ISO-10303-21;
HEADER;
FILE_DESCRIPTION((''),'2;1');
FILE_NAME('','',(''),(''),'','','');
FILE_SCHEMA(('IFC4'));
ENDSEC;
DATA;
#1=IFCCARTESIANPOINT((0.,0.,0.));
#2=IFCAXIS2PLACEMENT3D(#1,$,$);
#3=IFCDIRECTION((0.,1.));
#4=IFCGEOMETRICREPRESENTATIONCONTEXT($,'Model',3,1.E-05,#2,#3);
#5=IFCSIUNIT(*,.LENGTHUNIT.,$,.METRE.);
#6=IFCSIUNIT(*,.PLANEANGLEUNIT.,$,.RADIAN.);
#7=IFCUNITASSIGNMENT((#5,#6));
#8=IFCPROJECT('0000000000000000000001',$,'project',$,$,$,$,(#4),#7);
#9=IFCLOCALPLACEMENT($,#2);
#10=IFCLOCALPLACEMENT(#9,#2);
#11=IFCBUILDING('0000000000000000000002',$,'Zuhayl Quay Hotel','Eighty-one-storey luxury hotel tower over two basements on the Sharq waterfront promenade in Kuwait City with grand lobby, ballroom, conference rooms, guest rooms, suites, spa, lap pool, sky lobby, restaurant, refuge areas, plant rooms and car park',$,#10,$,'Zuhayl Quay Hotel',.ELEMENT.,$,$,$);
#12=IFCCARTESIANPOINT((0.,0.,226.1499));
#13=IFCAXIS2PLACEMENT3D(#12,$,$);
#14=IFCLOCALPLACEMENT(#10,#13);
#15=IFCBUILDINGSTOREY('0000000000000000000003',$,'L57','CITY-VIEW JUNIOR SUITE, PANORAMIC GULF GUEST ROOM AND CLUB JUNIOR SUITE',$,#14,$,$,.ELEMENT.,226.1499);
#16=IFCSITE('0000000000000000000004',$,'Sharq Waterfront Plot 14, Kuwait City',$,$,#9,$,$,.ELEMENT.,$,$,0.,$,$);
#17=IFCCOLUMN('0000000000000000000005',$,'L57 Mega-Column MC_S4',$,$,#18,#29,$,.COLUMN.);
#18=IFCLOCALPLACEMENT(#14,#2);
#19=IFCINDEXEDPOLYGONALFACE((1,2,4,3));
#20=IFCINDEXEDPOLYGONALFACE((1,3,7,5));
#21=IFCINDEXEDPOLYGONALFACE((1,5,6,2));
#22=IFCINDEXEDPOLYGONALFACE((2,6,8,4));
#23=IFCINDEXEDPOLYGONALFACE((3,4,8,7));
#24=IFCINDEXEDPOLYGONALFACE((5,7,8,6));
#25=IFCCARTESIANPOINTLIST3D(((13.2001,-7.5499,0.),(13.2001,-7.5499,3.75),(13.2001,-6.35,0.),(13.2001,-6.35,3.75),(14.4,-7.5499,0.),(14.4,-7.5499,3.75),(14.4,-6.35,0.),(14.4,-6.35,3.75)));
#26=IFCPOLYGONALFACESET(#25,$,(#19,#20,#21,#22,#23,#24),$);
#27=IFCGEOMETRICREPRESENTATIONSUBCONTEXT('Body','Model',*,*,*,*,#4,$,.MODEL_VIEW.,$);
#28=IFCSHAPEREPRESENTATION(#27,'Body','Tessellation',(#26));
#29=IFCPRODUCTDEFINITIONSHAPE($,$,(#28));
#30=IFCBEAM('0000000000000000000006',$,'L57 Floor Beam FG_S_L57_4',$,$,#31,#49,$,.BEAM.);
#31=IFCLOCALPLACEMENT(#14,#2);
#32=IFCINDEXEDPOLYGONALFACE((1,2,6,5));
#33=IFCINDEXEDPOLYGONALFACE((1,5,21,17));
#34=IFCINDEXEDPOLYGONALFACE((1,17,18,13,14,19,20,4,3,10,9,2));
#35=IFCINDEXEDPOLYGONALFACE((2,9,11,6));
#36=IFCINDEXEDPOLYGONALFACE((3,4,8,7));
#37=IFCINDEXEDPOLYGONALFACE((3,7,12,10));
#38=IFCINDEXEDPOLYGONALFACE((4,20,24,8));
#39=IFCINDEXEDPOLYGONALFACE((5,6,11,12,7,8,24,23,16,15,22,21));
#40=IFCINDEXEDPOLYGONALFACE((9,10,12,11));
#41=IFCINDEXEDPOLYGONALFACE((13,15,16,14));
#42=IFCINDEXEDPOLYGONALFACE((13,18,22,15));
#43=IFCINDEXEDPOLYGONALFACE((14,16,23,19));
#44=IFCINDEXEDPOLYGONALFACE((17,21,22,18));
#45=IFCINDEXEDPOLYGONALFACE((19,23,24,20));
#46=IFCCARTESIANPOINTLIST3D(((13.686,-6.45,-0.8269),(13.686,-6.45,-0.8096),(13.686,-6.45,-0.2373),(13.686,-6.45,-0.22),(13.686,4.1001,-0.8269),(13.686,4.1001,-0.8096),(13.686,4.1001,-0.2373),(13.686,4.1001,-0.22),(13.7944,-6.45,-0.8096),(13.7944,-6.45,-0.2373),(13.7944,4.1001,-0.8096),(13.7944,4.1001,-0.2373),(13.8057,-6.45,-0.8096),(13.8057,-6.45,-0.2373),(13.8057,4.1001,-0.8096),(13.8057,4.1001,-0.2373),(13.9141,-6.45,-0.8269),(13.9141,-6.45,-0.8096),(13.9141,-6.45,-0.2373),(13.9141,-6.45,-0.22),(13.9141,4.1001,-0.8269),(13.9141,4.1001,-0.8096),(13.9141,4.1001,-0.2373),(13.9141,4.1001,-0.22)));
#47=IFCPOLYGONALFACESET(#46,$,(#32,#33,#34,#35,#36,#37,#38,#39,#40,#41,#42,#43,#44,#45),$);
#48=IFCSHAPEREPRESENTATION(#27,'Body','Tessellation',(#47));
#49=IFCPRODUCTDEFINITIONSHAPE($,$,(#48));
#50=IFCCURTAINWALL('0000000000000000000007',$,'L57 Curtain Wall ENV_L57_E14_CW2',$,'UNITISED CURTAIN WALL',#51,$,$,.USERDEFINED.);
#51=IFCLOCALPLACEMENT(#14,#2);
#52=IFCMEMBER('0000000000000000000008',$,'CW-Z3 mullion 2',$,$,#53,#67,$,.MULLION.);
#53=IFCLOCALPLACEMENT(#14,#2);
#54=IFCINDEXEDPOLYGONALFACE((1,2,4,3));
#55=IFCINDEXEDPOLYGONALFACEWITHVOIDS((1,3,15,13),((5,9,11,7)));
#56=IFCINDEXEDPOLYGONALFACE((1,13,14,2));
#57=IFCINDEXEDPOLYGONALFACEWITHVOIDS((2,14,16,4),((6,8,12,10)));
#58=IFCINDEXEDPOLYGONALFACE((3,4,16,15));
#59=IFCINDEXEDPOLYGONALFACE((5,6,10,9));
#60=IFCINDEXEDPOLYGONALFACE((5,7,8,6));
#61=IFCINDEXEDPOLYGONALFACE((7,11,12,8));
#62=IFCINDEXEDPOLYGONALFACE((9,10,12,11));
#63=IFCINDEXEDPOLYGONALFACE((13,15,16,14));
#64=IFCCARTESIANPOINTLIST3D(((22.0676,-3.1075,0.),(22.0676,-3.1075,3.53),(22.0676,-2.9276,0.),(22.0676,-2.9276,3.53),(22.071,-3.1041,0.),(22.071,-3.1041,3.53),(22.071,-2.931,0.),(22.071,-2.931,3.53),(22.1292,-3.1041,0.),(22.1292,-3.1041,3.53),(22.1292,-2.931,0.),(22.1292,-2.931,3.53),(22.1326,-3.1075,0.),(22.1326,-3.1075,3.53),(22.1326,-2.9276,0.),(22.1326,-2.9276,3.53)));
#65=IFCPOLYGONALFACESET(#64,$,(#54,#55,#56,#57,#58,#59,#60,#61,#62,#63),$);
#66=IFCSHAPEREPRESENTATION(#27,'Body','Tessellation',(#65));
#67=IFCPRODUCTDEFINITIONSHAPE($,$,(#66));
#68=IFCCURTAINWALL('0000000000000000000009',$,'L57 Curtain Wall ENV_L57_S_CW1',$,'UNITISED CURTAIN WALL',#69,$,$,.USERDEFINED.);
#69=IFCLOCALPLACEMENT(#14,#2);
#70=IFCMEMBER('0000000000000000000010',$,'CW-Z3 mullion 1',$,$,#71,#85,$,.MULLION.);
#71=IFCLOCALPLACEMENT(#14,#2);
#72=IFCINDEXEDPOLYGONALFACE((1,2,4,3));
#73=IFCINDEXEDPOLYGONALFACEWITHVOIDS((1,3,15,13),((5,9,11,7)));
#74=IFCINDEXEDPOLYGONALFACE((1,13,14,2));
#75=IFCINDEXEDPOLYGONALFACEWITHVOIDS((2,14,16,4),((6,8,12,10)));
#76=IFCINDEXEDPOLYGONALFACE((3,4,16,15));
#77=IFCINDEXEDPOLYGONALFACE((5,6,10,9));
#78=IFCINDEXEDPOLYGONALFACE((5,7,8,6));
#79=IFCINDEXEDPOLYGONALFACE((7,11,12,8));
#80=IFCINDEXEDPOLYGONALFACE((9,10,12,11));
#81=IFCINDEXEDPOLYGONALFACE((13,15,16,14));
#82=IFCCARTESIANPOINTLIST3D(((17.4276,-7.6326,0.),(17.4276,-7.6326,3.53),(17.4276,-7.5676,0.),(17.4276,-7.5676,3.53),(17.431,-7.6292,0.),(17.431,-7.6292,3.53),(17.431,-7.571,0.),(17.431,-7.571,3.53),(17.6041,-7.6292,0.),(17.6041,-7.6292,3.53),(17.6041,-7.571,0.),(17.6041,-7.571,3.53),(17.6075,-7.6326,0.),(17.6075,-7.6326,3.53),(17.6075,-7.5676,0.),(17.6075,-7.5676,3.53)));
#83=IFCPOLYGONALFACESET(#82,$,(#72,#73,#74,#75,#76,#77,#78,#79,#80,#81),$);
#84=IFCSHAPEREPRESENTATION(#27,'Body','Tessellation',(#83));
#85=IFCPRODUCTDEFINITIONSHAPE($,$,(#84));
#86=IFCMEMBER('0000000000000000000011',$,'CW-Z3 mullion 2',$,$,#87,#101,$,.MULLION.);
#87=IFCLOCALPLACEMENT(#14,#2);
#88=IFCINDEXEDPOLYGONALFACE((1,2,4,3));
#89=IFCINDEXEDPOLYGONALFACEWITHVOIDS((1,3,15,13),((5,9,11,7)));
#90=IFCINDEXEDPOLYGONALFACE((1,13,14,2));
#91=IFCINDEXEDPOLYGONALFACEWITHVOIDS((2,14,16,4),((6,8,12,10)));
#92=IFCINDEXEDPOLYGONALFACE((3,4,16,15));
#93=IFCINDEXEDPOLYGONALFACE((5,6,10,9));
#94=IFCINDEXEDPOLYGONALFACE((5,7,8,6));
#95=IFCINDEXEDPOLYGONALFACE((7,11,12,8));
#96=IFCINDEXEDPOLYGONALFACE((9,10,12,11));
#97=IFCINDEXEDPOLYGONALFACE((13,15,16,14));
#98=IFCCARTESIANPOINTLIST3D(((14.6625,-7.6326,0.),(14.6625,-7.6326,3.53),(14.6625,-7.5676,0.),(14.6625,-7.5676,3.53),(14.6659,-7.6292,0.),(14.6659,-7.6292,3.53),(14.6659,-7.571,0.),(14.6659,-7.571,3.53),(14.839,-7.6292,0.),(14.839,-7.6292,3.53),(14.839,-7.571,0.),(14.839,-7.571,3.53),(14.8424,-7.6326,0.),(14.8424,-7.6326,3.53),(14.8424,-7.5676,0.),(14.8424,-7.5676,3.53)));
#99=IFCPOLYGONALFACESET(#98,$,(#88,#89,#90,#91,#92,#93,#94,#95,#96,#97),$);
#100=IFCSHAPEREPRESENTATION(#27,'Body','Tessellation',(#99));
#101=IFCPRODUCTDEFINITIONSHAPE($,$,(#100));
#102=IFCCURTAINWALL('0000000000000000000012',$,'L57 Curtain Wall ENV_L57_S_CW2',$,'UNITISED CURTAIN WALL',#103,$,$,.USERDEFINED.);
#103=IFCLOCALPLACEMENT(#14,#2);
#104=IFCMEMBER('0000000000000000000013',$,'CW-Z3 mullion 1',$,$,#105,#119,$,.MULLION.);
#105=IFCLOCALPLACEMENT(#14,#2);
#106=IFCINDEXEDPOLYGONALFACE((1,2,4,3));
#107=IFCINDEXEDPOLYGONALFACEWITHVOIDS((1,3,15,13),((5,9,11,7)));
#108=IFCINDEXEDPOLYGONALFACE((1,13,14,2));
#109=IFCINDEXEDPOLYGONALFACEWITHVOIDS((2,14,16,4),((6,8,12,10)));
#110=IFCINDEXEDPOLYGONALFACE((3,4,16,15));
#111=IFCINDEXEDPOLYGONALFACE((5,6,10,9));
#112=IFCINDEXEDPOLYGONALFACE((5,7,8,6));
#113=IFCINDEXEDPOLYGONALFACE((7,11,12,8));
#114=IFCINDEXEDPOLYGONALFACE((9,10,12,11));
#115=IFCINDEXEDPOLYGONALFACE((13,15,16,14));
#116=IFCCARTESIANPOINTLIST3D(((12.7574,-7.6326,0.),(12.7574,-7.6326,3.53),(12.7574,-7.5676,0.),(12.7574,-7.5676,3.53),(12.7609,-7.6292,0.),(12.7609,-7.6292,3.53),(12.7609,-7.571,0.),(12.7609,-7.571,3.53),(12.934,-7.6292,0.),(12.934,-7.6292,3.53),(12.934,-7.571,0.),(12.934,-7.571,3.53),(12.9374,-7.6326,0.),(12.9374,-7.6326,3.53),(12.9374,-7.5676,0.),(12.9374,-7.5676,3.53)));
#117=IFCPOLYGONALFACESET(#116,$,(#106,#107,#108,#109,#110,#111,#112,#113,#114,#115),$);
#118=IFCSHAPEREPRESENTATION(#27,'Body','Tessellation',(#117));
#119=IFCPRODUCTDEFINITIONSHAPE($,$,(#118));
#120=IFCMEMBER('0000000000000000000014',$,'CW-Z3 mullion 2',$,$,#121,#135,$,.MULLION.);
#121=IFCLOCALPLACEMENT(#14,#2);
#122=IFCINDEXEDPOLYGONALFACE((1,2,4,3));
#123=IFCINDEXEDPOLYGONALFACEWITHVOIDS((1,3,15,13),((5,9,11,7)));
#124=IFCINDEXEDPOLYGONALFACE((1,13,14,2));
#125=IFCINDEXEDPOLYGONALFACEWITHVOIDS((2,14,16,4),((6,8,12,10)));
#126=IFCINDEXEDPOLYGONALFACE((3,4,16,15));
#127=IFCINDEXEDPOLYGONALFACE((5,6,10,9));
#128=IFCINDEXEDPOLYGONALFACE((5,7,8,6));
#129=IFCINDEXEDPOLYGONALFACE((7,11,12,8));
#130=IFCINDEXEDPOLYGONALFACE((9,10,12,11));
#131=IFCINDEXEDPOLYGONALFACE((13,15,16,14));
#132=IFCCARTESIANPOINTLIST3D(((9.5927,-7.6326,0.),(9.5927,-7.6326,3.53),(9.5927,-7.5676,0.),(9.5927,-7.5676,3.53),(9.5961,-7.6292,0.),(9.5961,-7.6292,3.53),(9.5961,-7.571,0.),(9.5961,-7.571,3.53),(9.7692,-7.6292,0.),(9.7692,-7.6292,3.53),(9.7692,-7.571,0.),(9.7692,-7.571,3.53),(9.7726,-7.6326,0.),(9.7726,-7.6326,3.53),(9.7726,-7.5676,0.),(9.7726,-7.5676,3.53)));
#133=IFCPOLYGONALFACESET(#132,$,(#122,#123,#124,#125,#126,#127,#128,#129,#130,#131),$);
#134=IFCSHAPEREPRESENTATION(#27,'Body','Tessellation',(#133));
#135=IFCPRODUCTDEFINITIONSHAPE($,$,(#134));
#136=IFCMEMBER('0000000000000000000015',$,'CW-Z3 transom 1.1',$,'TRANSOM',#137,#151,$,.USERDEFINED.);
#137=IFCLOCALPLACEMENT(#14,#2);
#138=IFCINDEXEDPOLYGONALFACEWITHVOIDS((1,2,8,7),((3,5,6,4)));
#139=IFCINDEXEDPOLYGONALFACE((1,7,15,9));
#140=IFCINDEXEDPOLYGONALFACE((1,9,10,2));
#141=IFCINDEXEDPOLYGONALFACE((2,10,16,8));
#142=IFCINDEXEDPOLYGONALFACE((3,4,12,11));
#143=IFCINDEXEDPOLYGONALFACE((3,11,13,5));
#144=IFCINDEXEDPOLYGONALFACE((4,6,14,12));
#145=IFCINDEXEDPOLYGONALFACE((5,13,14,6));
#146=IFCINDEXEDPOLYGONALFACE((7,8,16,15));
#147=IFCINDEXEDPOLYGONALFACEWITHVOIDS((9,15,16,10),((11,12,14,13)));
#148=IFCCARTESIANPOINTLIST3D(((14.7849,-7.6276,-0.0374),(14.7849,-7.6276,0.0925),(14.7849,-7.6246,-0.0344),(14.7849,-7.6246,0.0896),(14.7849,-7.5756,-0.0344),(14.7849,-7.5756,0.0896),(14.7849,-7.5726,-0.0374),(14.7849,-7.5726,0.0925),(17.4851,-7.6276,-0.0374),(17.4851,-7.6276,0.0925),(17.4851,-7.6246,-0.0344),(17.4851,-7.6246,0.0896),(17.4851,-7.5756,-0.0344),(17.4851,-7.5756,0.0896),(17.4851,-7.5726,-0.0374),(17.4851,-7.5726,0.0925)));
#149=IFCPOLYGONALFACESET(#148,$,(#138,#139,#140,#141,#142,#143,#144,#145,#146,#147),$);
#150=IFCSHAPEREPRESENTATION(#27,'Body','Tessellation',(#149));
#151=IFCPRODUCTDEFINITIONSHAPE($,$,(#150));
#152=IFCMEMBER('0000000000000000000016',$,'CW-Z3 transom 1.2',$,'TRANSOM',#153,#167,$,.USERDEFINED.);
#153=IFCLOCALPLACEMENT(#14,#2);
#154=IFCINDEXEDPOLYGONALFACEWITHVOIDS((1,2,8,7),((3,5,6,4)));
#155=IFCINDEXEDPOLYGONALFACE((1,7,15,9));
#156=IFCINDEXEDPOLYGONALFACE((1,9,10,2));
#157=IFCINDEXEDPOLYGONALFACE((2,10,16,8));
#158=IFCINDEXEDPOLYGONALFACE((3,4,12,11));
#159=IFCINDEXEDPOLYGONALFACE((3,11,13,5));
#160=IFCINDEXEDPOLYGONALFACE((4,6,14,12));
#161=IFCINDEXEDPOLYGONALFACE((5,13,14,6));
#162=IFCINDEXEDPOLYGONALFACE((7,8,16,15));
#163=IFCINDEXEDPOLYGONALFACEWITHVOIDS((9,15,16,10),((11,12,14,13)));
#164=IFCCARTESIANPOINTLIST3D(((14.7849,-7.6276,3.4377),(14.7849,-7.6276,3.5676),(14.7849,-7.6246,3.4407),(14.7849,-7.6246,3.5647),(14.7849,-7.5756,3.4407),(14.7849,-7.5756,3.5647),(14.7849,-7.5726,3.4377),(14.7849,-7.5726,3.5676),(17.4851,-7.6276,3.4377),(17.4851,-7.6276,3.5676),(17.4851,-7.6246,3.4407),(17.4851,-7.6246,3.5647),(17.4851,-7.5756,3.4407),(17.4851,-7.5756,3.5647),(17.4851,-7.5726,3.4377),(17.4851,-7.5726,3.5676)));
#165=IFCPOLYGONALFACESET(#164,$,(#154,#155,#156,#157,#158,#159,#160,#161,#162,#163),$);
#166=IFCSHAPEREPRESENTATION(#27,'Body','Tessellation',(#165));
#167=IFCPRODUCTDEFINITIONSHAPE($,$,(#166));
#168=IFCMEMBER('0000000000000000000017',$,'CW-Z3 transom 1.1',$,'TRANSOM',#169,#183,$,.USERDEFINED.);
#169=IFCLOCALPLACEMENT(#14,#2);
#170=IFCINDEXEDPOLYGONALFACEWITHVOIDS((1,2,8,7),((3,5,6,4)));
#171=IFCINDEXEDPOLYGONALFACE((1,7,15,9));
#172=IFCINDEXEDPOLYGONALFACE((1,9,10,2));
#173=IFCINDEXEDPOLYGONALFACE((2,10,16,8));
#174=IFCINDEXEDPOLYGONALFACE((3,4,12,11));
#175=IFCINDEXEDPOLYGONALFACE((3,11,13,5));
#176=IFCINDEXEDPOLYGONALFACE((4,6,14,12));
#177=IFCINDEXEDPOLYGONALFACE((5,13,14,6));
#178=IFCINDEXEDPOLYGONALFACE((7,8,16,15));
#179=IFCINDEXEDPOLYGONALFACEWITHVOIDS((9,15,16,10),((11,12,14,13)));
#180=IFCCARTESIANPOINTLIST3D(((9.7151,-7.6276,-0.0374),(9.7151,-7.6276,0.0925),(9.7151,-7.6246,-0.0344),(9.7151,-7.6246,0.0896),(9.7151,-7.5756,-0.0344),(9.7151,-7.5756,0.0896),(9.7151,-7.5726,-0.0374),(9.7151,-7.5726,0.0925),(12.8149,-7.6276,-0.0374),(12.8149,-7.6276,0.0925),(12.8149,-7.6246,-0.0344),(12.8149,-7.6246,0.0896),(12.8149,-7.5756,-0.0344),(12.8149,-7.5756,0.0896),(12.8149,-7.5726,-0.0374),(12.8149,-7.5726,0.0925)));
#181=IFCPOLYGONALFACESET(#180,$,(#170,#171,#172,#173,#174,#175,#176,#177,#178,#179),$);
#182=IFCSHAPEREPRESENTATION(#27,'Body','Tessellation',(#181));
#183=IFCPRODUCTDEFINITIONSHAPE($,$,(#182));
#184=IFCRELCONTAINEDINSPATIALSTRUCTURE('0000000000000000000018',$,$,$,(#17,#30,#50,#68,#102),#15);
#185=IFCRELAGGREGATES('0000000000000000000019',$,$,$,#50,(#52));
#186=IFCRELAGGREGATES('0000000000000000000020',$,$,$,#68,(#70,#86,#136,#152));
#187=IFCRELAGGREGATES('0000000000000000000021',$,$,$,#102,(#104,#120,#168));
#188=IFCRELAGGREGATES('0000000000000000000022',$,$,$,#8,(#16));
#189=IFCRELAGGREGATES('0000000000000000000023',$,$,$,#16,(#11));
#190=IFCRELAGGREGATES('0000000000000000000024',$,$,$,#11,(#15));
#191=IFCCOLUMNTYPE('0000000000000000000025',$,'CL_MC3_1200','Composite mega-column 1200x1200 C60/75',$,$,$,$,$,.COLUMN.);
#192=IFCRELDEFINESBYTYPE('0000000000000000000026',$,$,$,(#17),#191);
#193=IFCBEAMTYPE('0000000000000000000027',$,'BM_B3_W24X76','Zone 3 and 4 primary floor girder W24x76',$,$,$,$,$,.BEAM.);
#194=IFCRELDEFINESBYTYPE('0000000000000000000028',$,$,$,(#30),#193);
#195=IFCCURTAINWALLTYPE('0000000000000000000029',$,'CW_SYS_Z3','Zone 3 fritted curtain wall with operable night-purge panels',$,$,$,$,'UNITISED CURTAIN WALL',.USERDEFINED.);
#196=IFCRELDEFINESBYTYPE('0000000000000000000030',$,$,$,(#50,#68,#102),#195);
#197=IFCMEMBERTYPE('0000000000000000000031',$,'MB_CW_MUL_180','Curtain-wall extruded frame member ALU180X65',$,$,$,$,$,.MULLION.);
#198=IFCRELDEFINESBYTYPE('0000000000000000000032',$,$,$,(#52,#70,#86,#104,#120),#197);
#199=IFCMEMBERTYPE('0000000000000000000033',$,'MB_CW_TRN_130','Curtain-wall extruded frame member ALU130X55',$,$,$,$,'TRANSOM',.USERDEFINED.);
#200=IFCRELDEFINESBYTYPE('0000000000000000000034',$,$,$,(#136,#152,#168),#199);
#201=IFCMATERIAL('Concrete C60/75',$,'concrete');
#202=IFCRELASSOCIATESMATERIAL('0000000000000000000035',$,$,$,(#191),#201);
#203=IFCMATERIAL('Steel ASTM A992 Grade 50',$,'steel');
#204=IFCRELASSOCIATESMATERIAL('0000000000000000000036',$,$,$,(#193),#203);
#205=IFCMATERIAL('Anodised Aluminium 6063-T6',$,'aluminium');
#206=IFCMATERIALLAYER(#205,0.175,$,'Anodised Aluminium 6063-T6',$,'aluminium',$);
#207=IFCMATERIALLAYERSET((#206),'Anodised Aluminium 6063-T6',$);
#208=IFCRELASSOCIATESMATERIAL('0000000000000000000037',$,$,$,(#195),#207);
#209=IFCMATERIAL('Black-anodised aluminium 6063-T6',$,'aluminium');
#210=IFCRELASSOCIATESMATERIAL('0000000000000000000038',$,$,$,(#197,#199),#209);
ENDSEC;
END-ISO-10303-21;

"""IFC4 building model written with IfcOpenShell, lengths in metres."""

from ifc_helpers import new_model, si_unit, direction, frame, origin, origin_2d, place, context, subcontext, project, spatial, rectangle, hollow_rectangle, i_section, extrude, material, layer, layer_set, material_profile, profile_set, type_object, element, aggregate, save


model = new_model("IFC4")

# Units and contexts
model_context = context("Model", 3, precision=1e-05, world=origin(), true_north=direction((0.0, 1.0)))
body_context = subcontext(model_context, "Body", "Model", "MODEL_VIEW")
ifc_project = project(units=[si_unit("LENGTHUNIT", "METRE"), si_unit("PLANEANGLEUNIT", "RADIAN")], contexts=[model_context])

# Site, building, storey
site_placement = place(None, origin())
site = spatial("IfcSite", under=ifc_project, at=site_placement, Name="Sharq Waterfront Plot 14, Kuwait City", CompositionType="ELEMENT", RefElevation=0.0)
building_placement = place(site_placement, origin())
building = spatial("IfcBuilding", under=site, at=building_placement, Name="Zuhayl Quay Hotel", Description="Eighty-one-storey luxury hotel tower over two basements on the Sharq waterfront promenade in Kuwait City with grand lobby, ballroom, conference rooms, guest rooms, suites, spa, lap pool, sky lobby, restaurant, refuge areas, plant rooms and car park", LongName="Zuhayl Quay Hotel", CompositionType="ELEMENT")
storey_placement = place(building_placement, frame((0.0, 0.0, 226.1499)))
storey = spatial("IfcBuildingStorey", under=building, at=storey_placement, Name="L57", Description="CITY-VIEW JUNIOR SUITE, PANORAMIC GULF GUEST ROOM AND CLUB JUNIOR SUITE", CompositionType="ELEMENT", Elevation=226.1499)

# Column
ifc_material_1 = material(Name="Concrete C60/75", Category="concrete")
ifc_material_profile_1 = material_profile(ifc_material_1, rectangle(XDim=1.2, YDim=1.2, at=origin_2d()), Name="RC1200X1200")
ifc_profile_set_1 = profile_set([ifc_material_profile_1], Name="Concrete C60/75")
column_type = type_object("IfcColumnType", Name="CL_MC3_1200", Description="Composite mega-column 1200x1200 C60/75", PredefinedType="COLUMN", material=ifc_profile_set_1)
column_placement = place(storey_placement, frame((13.8, -6.95, 0.0), z_axis=(0.0, 0.0, 1.0), x_axis=(1.0, 0.0, 0.0)))
element("IfcColumn", 1, at=column_placement, inside=storey, type_object=column_type, Name="L57 Mega-Column MC_S4", PredefinedType="COLUMN", context=body_context, shape_type="SweptSolid", body=[
    extrude(rectangle(XDim=1.2, YDim=1.2, at=origin_2d()), origin(), (0.0, 0.0, 1.0), 3.75),
])

# Beam
ifc_material_2 = material(Name="Steel ASTM A992 Grade 50", Category="steel")
ifc_material_profile_2 = material_profile(ifc_material_2, i_section(OverallWidth=0.228, OverallDepth=0.6069, WebThickness=0.0112, FlangeThickness=0.0173, at=origin_2d()), Name="W24X76")
ifc_profile_set_2 = profile_set([ifc_material_profile_2], Name="Steel ASTM A992 Grade 50")
beam_type = type_object("IfcBeamType", Name="BM_B3_W24X76", Description="Zone 3 and 4 primary floor girder W24x76", PredefinedType="BEAM", material=ifc_profile_set_2)
beam_placement = place(storey_placement, frame((13.8, -6.45, -0.5234), z_axis=(0.0, 1.0, 0.0), x_axis=(-1.0, 0.0, 0.0)))
element("IfcBeam", 2, at=beam_placement, inside=storey, type_object=beam_type, Name="L57 Floor Beam FG_S_L57_4", PredefinedType="BEAM", context=body_context, shape_type="SweptSolid", body=[
    extrude(i_section(OverallWidth=0.228, OverallDepth=0.6069, WebThickness=0.0112, FlangeThickness=0.0173, at=origin_2d()), origin(), (0.0, 0.0, 1.0), 10.55),
])

# Curtain wall, member
ifc_material_3 = material(Name="Anodised Aluminium 6063-T6", Category="aluminium")
ifc_layer_1 = layer(ifc_material_3, 0.175, Name="Anodised Aluminium 6063-T6", Category="aluminium")
ifc_layer_set_1 = layer_set([ifc_layer_1], Name="Anodised Aluminium 6063-T6")
curtain_wall_type = type_object("IfcCurtainWallType", Name="CW_SYS_Z3", Description="Zone 3 fritted curtain wall with operable night-purge panels", ElementType="UNITISED CURTAIN WALL", PredefinedType="USERDEFINED", material=ifc_layer_set_1)
curtain_wall_1_placement = place(storey_placement, origin())
curtain_wall_1 = element("IfcCurtainWall", 3, at=curtain_wall_1_placement, inside=storey, type_object=curtain_wall_type, Name="L57 Curtain Wall ENV_L57_E14_CW2", ObjectType="UNITISED CURTAIN WALL", PredefinedType="USERDEFINED")
ifc_material_4 = material(Name="Black-anodised aluminium 6063-T6", Category="aluminium")
ifc_material_profile_3 = material_profile(ifc_material_4, hollow_rectangle(XDim=0.0649, YDim=0.1799, WallThickness=0.0034, at=origin_2d()), Name="ALU180X65")
ifc_profile_set_3 = profile_set([ifc_material_profile_3], Name="Black-anodised aluminium 6063-T6")
member_type_1 = type_object("IfcMemberType", Name="MB_CW_MUL_180", Description="Curtain-wall extruded frame member ALU180X65", PredefinedType="MULLION", material=ifc_profile_set_3)
member_1_placement = place(storey_placement, frame((22.1001, -3.0176, 0.0), z_axis=(0.0, 0.0, 1.0), x_axis=(1.0, 0.0, 0.0)))
member_1 = element("IfcMember", 4, at=member_1_placement, type_object=member_type_1, Name="CW-Z3 mullion 2", PredefinedType="MULLION", context=body_context, shape_type="SweptSolid", body=[
    extrude(hollow_rectangle(XDim=0.0649, YDim=0.1799, WallThickness=0.0034, at=origin_2d()), origin(), (0.0, 0.0, 1.0), 3.53),
])

# Curtain walls, members
curtain_wall_2_placement = place(storey_placement, origin())
curtain_wall_2 = element("IfcCurtainWall", 5, at=curtain_wall_2_placement, inside=storey, type_object=curtain_wall_type, Name="L57 Curtain Wall ENV_L57_S_CW1", ObjectType="UNITISED CURTAIN WALL", PredefinedType="USERDEFINED")
member_2_placement = place(storey_placement, frame((17.5176, -7.6001, 0.0), z_axis=(0.0, 0.0, 1.0), x_axis=(0.0, -1.0, 0.0)))
member_2 = element("IfcMember", 6, at=member_2_placement, type_object=member_type_1, Name="CW-Z3 mullion 1", PredefinedType="MULLION", context=body_context, shape_type="SweptSolid", body=[
    extrude(hollow_rectangle(XDim=0.0649, YDim=0.1799, WallThickness=0.0034, at=origin_2d()), origin(), (0.0, 0.0, 1.0), 3.53),
])
member_3_placement = place(storey_placement, frame((14.7524, -7.6001, 0.0), z_axis=(0.0, 0.0, 1.0), x_axis=(0.0, -1.0, 0.0)))
member_3 = element("IfcMember", 7, at=member_3_placement, type_object=member_type_1, Name="CW-Z3 mullion 2", PredefinedType="MULLION", context=body_context, shape_type="SweptSolid", body=[
    extrude(hollow_rectangle(XDim=0.0649, YDim=0.1799, WallThickness=0.0034, at=origin_2d()), origin(), (0.0, 0.0, 1.0), 3.53),
])
curtain_wall_3_placement = place(storey_placement, origin())
curtain_wall_3 = element("IfcCurtainWall", 8, at=curtain_wall_3_placement, inside=storey, type_object=curtain_wall_type, Name="L57 Curtain Wall ENV_L57_S_CW2", ObjectType="UNITISED CURTAIN WALL", PredefinedType="USERDEFINED")
member_4_placement = place(storey_placement, frame((12.8474, -7.6001, 0.0), z_axis=(0.0, 0.0, 1.0), x_axis=(0.0, -1.0, 0.0)))
member_4 = element("IfcMember", 9, at=member_4_placement, type_object=member_type_1, Name="CW-Z3 mullion 1", PredefinedType="MULLION", context=body_context, shape_type="SweptSolid", body=[
    extrude(hollow_rectangle(XDim=0.0649, YDim=0.1799, WallThickness=0.0034, at=origin_2d()), origin(), (0.0, 0.0, 1.0), 3.53),
])
member_5_placement = place(storey_placement, frame((9.6826, -7.6001, 0.0), z_axis=(0.0, 0.0, 1.0), x_axis=(0.0, -1.0, 0.0)))
member_5 = element("IfcMember", 10, at=member_5_placement, type_object=member_type_1, Name="CW-Z3 mullion 2", PredefinedType="MULLION", context=body_context, shape_type="SweptSolid", body=[
    extrude(hollow_rectangle(XDim=0.0649, YDim=0.1799, WallThickness=0.0034, at=origin_2d()), origin(), (0.0, 0.0, 1.0), 3.53),
])

# Members
ifc_material_profile_4 = material_profile(ifc_material_4, hollow_rectangle(XDim=0.0549, YDim=0.1299, WallThickness=0.0029, at=origin_2d()), Name="ALU130X55")
ifc_profile_set_4 = profile_set([ifc_material_profile_4], Name="Black-anodised aluminium 6063-T6")
member_type_2 = type_object("IfcMemberType", Name="MB_CW_TRN_130", Description="Curtain-wall extruded frame member ALU130X55", ElementType="TRANSOM", PredefinedType="USERDEFINED", material=ifc_profile_set_4)
member_6_placement = place(storey_placement, frame((17.4851, -7.6001, 0.0276), z_axis=(-1.0, 0.0, 0.0), x_axis=(0.0, -1.0, 0.0)))
member_6 = element("IfcMember", 11, at=member_6_placement, type_object=member_type_2, Name="CW-Z3 transom 1.1", ObjectType="TRANSOM", PredefinedType="USERDEFINED", context=body_context, shape_type="SweptSolid", body=[
    extrude(hollow_rectangle(XDim=0.0549, YDim=0.1299, WallThickness=0.0029, at=origin_2d()), origin(), (0.0, 0.0, 1.0), 2.7002),
])
member_7_placement = place(storey_placement, frame((17.4851, -7.6001, 3.5027), z_axis=(-1.0, 0.0, 0.0), x_axis=(0.0, -1.0, 0.0)))
member_7 = element("IfcMember", 12, at=member_7_placement, type_object=member_type_2, Name="CW-Z3 transom 1.2", ObjectType="TRANSOM", PredefinedType="USERDEFINED", context=body_context, shape_type="SweptSolid", body=[
    extrude(hollow_rectangle(XDim=0.0549, YDim=0.1299, WallThickness=0.0029, at=origin_2d()), origin(), (0.0, 0.0, 1.0), 2.7002),
])
member_8_placement = place(storey_placement, frame((12.8149, -7.6001, 0.0276), z_axis=(-1.0, 0.0, 0.0), x_axis=(0.0, -1.0, 0.0)))
member_8 = element("IfcMember", 13, at=member_8_placement, type_object=member_type_2, Name="CW-Z3 transom 1.1", ObjectType="TRANSOM", PredefinedType="USERDEFINED", context=body_context, shape_type="SweptSolid", body=[
    extrude(hollow_rectangle(XDim=0.0549, YDim=0.1299, WallThickness=0.0029, at=origin_2d()), origin(), (0.0, 0.0, 1.0), 3.0999),
])

aggregate(curtain_wall_1, [member_1])
aggregate(curtain_wall_2, [member_2, member_3, member_6, member_7])
aggregate(curtain_wall_3, [member_4, member_5, member_8])

save(model, "model.ifc")
